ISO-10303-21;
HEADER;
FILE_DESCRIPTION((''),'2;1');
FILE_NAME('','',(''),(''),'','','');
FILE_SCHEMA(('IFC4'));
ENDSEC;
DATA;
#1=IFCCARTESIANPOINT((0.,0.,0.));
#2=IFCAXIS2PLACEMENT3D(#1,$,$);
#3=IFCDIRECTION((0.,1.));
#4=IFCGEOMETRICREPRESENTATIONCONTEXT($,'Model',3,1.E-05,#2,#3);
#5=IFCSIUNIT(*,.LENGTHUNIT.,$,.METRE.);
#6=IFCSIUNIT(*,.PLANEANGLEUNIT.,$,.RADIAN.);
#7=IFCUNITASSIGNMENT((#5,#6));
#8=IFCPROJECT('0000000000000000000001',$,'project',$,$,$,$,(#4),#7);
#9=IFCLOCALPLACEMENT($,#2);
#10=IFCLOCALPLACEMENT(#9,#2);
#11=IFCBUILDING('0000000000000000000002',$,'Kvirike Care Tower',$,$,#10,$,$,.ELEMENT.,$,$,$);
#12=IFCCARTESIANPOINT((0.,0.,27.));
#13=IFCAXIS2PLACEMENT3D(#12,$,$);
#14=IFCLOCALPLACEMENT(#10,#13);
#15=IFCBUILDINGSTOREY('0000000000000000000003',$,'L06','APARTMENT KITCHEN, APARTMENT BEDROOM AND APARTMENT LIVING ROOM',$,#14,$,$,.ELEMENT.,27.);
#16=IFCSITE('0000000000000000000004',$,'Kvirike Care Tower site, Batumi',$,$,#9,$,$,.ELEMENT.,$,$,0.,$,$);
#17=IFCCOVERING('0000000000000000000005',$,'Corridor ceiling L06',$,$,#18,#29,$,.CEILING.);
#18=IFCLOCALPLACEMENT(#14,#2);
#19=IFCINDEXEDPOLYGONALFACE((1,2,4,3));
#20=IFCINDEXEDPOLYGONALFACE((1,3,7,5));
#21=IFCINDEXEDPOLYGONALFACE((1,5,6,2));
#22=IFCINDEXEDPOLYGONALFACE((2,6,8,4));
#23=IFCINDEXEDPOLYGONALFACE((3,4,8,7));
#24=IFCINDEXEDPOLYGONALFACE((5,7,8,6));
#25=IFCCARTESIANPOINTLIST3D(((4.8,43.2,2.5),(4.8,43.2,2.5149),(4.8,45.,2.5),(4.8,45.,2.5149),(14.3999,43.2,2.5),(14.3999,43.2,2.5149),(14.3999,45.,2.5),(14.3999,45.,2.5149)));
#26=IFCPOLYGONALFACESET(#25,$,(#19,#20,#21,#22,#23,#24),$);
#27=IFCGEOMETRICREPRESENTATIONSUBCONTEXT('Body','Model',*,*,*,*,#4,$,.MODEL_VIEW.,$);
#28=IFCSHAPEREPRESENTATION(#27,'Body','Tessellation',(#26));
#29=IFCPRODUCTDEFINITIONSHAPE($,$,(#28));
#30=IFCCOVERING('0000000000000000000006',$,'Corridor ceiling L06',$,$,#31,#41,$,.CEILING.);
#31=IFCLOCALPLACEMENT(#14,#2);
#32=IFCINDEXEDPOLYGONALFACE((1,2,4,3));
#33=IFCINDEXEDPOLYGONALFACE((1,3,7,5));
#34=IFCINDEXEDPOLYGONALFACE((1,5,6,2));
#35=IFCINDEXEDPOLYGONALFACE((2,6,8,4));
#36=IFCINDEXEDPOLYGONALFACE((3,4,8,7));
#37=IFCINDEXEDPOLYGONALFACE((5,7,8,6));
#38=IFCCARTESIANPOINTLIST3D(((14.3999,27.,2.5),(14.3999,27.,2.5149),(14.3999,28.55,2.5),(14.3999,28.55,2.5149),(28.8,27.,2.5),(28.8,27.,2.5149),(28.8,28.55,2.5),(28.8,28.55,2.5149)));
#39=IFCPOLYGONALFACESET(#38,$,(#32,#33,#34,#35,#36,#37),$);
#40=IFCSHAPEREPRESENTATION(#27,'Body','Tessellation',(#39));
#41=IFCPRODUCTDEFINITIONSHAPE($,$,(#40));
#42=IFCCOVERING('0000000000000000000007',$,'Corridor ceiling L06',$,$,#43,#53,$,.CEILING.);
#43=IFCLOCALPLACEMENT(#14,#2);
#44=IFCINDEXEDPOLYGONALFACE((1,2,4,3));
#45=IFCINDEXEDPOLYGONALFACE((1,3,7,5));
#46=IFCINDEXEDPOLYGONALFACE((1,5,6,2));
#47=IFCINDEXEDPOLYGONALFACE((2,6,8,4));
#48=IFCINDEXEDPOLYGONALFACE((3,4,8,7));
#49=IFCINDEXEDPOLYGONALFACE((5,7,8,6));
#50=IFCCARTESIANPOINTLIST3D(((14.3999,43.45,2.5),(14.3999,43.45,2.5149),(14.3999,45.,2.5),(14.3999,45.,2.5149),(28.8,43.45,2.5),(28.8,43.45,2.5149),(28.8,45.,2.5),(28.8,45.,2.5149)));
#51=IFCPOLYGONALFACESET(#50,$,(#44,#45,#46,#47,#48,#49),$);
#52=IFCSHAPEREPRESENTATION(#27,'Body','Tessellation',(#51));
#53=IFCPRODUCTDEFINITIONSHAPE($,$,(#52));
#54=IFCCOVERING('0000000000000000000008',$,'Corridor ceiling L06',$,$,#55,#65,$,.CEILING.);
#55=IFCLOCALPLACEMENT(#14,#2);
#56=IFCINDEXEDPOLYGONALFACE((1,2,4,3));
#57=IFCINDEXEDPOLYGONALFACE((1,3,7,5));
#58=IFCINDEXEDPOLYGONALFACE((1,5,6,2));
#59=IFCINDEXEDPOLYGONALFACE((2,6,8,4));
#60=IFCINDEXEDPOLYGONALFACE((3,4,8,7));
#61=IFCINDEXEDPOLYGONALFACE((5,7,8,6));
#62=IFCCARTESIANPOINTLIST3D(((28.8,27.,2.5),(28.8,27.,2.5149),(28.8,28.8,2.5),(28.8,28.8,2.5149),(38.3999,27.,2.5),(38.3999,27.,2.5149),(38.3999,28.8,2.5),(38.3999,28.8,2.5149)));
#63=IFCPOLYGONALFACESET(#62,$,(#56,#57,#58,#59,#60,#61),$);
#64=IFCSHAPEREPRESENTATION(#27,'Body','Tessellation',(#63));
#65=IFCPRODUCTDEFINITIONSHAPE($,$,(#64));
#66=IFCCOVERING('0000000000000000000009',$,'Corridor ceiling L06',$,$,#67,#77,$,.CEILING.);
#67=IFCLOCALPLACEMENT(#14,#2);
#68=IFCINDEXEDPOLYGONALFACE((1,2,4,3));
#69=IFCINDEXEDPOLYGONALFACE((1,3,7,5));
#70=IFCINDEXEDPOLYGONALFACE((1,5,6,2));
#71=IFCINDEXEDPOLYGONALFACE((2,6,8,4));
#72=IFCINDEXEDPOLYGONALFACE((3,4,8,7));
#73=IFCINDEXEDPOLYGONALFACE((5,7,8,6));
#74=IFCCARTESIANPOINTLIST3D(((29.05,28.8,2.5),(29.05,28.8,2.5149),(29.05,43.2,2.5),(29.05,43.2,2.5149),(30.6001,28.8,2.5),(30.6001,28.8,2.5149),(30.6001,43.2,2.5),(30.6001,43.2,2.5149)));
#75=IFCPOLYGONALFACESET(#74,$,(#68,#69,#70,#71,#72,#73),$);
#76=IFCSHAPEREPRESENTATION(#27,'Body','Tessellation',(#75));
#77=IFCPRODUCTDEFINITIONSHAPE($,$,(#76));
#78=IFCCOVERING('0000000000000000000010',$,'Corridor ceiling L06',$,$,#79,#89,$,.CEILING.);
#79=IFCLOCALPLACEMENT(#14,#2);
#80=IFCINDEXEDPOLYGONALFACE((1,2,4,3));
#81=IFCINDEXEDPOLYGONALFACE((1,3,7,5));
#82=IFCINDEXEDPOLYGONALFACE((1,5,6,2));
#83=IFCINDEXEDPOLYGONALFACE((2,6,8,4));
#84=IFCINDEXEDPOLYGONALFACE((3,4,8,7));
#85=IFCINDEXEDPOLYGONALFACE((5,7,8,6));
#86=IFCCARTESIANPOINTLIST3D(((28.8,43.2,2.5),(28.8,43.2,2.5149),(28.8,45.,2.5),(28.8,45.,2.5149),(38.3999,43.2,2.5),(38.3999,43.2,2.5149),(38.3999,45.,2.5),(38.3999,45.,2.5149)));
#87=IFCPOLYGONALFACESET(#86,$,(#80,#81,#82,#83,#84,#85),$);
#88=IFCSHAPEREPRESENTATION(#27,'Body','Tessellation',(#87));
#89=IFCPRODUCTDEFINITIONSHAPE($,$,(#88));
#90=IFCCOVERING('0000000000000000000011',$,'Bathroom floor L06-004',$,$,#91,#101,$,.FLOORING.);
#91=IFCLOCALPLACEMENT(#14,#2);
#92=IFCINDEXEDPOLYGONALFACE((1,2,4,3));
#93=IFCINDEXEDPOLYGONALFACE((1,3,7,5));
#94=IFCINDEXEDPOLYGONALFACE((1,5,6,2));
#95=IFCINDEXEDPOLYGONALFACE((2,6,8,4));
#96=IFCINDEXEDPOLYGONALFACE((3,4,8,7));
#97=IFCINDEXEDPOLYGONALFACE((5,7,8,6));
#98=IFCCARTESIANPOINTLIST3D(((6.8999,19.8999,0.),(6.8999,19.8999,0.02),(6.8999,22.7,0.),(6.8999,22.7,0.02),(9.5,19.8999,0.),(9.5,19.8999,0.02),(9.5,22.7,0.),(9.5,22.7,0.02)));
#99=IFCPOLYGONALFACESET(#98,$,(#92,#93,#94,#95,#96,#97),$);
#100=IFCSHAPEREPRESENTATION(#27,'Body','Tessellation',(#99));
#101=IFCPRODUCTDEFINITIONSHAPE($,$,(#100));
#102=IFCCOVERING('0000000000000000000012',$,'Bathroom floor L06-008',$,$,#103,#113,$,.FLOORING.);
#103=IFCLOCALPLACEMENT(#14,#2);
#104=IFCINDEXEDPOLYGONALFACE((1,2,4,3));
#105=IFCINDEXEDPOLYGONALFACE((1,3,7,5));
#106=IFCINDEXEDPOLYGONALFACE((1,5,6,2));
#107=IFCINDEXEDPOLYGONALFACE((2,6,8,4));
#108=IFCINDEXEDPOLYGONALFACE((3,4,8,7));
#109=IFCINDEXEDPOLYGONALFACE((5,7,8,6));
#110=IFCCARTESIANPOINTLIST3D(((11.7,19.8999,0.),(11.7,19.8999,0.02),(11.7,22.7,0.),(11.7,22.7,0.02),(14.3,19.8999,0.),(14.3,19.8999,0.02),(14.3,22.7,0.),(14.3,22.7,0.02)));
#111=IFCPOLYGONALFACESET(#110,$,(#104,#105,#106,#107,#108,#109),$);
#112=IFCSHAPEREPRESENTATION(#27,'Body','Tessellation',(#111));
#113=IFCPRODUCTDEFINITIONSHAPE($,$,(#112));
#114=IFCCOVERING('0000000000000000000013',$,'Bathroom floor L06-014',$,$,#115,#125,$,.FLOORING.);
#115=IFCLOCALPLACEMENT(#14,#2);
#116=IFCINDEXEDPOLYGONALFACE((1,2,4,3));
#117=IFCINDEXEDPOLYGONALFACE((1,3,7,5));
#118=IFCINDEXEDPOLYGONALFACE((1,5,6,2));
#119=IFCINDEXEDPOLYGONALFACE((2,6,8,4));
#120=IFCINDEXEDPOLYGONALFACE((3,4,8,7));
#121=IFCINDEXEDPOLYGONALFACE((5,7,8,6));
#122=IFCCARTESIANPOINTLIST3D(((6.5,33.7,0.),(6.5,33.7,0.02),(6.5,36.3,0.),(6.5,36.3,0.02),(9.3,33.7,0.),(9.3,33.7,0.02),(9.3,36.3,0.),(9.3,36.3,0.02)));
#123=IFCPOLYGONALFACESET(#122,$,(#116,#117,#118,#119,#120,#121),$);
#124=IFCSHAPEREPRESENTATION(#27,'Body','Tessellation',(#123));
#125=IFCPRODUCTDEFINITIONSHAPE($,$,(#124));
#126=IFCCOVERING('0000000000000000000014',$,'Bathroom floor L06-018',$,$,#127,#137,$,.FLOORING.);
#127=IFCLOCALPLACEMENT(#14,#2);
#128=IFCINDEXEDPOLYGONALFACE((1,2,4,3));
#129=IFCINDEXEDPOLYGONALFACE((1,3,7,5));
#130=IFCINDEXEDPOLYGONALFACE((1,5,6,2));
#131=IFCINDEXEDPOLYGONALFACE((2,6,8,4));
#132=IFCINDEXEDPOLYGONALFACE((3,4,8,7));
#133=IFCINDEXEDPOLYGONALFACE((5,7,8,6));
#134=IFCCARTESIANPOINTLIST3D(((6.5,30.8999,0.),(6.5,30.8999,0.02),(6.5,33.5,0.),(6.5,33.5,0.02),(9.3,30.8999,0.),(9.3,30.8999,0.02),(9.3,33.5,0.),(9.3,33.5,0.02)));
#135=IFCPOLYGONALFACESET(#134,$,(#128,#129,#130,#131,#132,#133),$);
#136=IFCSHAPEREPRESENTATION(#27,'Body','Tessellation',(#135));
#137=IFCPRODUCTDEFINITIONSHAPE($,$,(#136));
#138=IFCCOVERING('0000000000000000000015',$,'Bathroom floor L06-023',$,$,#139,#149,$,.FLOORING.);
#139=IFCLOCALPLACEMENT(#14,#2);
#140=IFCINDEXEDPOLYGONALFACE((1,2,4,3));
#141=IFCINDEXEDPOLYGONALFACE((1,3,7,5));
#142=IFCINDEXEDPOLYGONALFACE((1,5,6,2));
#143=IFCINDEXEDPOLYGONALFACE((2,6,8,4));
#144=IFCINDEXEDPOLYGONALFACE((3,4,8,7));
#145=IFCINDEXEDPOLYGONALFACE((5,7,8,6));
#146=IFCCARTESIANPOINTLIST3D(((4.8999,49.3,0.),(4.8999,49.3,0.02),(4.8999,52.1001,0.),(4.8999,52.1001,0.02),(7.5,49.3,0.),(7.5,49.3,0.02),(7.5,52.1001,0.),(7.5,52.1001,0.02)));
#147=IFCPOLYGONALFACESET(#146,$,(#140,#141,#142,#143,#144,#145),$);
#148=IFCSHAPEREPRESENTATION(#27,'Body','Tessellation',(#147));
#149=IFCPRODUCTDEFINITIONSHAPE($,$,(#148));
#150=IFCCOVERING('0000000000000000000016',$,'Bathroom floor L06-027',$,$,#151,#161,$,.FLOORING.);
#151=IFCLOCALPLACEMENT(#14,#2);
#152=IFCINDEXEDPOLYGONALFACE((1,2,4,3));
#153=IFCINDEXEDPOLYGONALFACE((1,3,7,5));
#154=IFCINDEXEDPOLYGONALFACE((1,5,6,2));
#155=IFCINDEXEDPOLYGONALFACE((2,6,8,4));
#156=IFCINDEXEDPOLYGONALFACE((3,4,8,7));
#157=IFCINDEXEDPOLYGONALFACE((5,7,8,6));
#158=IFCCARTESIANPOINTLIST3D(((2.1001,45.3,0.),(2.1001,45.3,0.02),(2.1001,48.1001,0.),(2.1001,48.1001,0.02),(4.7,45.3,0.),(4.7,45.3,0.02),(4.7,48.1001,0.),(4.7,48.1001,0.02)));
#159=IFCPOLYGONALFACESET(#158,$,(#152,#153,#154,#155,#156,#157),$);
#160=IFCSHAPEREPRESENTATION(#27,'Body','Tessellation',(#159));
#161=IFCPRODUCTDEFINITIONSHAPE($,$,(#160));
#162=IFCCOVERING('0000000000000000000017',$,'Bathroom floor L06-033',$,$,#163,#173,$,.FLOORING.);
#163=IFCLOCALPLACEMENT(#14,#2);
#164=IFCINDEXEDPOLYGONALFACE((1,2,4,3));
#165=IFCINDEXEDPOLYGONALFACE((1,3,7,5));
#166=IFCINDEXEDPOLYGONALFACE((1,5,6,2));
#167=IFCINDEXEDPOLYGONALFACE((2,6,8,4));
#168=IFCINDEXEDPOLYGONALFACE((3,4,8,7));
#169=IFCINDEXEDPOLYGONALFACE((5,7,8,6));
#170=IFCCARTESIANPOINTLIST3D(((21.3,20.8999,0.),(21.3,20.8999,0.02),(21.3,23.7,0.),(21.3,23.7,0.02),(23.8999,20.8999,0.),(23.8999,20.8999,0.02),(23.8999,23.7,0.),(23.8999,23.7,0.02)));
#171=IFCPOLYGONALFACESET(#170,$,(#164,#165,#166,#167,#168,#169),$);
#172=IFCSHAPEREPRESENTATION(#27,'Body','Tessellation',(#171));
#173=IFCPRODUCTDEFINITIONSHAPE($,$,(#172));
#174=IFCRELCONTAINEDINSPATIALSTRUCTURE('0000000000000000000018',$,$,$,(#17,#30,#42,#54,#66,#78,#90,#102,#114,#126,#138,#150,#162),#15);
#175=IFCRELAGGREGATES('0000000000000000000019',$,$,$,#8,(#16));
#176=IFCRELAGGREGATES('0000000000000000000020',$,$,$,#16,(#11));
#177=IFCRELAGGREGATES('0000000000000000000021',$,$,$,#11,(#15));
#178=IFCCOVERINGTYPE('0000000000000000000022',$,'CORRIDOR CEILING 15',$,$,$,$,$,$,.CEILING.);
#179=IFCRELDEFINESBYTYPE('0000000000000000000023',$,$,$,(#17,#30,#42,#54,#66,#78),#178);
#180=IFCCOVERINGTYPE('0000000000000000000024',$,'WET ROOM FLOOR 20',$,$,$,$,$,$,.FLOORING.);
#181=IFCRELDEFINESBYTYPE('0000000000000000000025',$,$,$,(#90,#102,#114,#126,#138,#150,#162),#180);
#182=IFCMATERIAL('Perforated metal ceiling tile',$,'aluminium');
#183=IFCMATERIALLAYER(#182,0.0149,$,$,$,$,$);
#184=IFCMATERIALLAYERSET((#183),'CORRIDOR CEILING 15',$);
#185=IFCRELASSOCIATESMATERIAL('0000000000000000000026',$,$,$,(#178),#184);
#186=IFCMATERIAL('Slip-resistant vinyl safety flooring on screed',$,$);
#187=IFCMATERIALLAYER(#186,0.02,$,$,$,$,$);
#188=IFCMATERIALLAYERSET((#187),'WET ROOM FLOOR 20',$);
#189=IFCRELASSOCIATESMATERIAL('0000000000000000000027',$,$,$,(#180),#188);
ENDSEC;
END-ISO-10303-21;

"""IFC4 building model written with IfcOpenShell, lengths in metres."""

from ifc_helpers import new_model, si_unit, direction, frame, origin, place, context, subcontext, project, spatial, polyline, outline, extrude, material, layer, layer_set, type_object, element, save


model = new_model("IFC4")

# Units and contexts
model_context = context("Model", 3, precision=1e-05, world=origin(), true_north=direction((0.0, 1.0)))
body_context = subcontext(model_context, "Body", "Model", "MODEL_VIEW")
ifc_project = project(units=[si_unit("LENGTHUNIT", "METRE"), si_unit("PLANEANGLEUNIT", "RADIAN")], contexts=[model_context])

# Site, building, storey
site_placement = place(None, origin())
site = spatial("IfcSite", under=ifc_project, at=site_placement, Name="Kvirike Care Tower site, Batumi", CompositionType="ELEMENT", RefElevation=0.0)
building_placement = place(site_placement, origin())
building = spatial("IfcBuilding", under=site, at=building_placement, Name="Kvirike Care Tower", CompositionType="ELEMENT")
storey_placement = place(building_placement, frame((0.0, 0.0, 27.0)))
storey = spatial("IfcBuildingStorey", under=building, at=storey_placement, Name="L06", Description="APARTMENT KITCHEN, APARTMENT BEDROOM AND APARTMENT LIVING ROOM", CompositionType="ELEMENT", Elevation=27.0)

# Coverings
ifc_material_1 = material(Name="Perforated metal ceiling tile", Category="aluminium")
ifc_layer_1 = layer(ifc_material_1, 0.0149)
ifc_layer_set_1 = layer_set([ifc_layer_1], Name="CORRIDOR CEILING 15")
covering_type_1 = type_object("IfcCoveringType", Name="CORRIDOR CEILING 15", PredefinedType="CEILING", material=ifc_layer_set_1)
covering_1_placement = place(storey_placement, frame((0.0, 0.0, 2.5)))
element("IfcCovering", 1, at=covering_1_placement, inside=storey, type_object=covering_type_1, Name="Corridor ceiling L06", PredefinedType="CEILING", context=body_context, shape_type="SweptSolid", body=[
    extrude(outline(polyline([(14.3999, 45.0), (14.3999, 43.2), (4.8, 43.2), (4.8, 45.0), (14.3999, 45.0)])), origin(), (0.0, 0.0, 1.0), 0.0149),
])
covering_2_placement = place(storey_placement, frame((0.0, 0.0, 2.5)))
element("IfcCovering", 2, at=covering_2_placement, inside=storey, type_object=covering_type_1, Name="Corridor ceiling L06", PredefinedType="CEILING", context=body_context, shape_type="SweptSolid", body=[
    extrude(outline(polyline([(14.3999, 27.0), (14.3999, 28.55), (28.8, 28.55), (28.8, 27.0), (14.3999, 27.0)])), origin(), (0.0, 0.0, 1.0), 0.0149),
])
covering_3_placement = place(storey_placement, frame((0.0, 0.0, 2.5)))
element("IfcCovering", 3, at=covering_3_placement, inside=storey, type_object=covering_type_1, Name="Corridor ceiling L06", PredefinedType="CEILING", context=body_context, shape_type="SweptSolid", body=[
    extrude(outline(polyline([(28.8, 45.0), (28.8, 43.45), (14.3999, 43.45), (14.3999, 45.0), (28.8, 45.0)])), origin(), (0.0, 0.0, 1.0), 0.0149),
])
covering_4_placement = place(storey_placement, frame((0.0, 0.0, 2.5)))
element("IfcCovering", 4, at=covering_4_placement, inside=storey, type_object=covering_type_1, Name="Corridor ceiling L06", PredefinedType="CEILING", context=body_context, shape_type="SweptSolid", body=[
    extrude(outline(polyline([(28.8, 27.0), (28.8, 28.8), (38.3999, 28.8), (38.3999, 27.0), (28.8, 27.0)])), origin(), (0.0, 0.0, 1.0), 0.0149),
])
covering_5_placement = place(storey_placement, frame((0.0, 0.0, 2.5)))
element("IfcCovering", 5, at=covering_5_placement, inside=storey, type_object=covering_type_1, Name="Corridor ceiling L06", PredefinedType="CEILING", context=body_context, shape_type="SweptSolid", body=[
    extrude(outline(polyline([(30.6001, 28.8), (29.05, 28.8), (29.05, 43.2), (30.6001, 43.2), (30.6001, 28.8)])), origin(), (0.0, 0.0, 1.0), 0.0149),
])
covering_6_placement = place(storey_placement, frame((0.0, 0.0, 2.5)))
element("IfcCovering", 6, at=covering_6_placement, inside=storey, type_object=covering_type_1, Name="Corridor ceiling L06", PredefinedType="CEILING", context=body_context, shape_type="SweptSolid", body=[
    extrude(outline(polyline([(38.3999, 45.0), (38.3999, 43.2), (28.8, 43.2), (28.8, 45.0), (38.3999, 45.0)])), origin(), (0.0, 0.0, 1.0), 0.0149),
])
ifc_material_2 = material(Name="Slip-resistant vinyl safety flooring on screed")
ifc_layer_2 = layer(ifc_material_2, 0.02)
ifc_layer_set_2 = layer_set([ifc_layer_2], Name="WET ROOM FLOOR 20")
covering_type_2 = type_object("IfcCoveringType", Name="WET ROOM FLOOR 20", PredefinedType="FLOORING", material=ifc_layer_set_2)
covering_7_placement = place(storey_placement, origin())
element("IfcCovering", 7, at=covering_7_placement, inside=storey, type_object=covering_type_2, Name="Bathroom floor L06-004", PredefinedType="FLOORING", context=body_context, shape_type="SweptSolid", body=[
    extrude(outline(polyline([(6.8999, 19.8999), (6.8999, 22.7), (9.5, 22.7), (9.5, 19.8999), (6.8999, 19.8999)])), origin(), (0.0, 0.0, 1.0), 0.02),
])
covering_8_placement = place(storey_placement, origin())
element("IfcCovering", 8, at=covering_8_placement, inside=storey, type_object=covering_type_2, Name="Bathroom floor L06-008", PredefinedType="FLOORING", context=body_context, shape_type="SweptSolid", body=[
    extrude(outline(polyline([(11.7, 19.8999), (11.7, 22.7), (14.3, 22.7), (14.3, 19.8999), (11.7, 19.8999)])), origin(), (0.0, 0.0, 1.0), 0.02),
])
covering_9_placement = place(storey_placement, origin())
element("IfcCovering", 9, at=covering_9_placement, inside=storey, type_object=covering_type_2, Name="Bathroom floor L06-014", PredefinedType="FLOORING", context=body_context, shape_type="SweptSolid", body=[
    extrude(outline(polyline([(6.5, 36.3), (9.3, 36.3), (9.3, 33.7), (6.5, 33.7), (6.5, 36.3)])), origin(), (0.0, 0.0, 1.0), 0.02),
])
covering_10_placement = place(storey_placement, origin())
element("IfcCovering", 10, at=covering_10_placement, inside=storey, type_object=covering_type_2, Name="Bathroom floor L06-018", PredefinedType="FLOORING", context=body_context, shape_type="SweptSolid", body=[
    extrude(outline(polyline([(6.5, 33.5), (9.3, 33.5), (9.3, 30.8999), (6.5, 30.8999), (6.5, 33.5)])), origin(), (0.0, 0.0, 1.0), 0.02),
])
covering_11_placement = place(storey_placement, origin())
element("IfcCovering", 11, at=covering_11_placement, inside=storey, type_object=covering_type_2, Name="Bathroom floor L06-023", PredefinedType="FLOORING", context=body_context, shape_type="SweptSolid", body=[
    extrude(outline(polyline([(7.5, 52.1001), (7.5, 49.3), (4.8999, 49.3), (4.8999, 52.1001), (7.5, 52.1001)])), origin(), (0.0, 0.0, 1.0), 0.02),
])
covering_12_placement = place(storey_placement, origin())
element("IfcCovering", 12, at=covering_12_placement, inside=storey, type_object=covering_type_2, Name="Bathroom floor L06-027", PredefinedType="FLOORING", context=body_context, shape_type="SweptSolid", body=[
    extrude(outline(polyline([(4.7, 48.1001), (4.7, 45.3), (2.1001, 45.3), (2.1001, 48.1001), (4.7, 48.1001)])), origin(), (0.0, 0.0, 1.0), 0.02),
])
covering_13_placement = place(storey_placement, origin())
element("IfcCovering", 13, at=covering_13_placement, inside=storey, type_object=covering_type_2, Name="Bathroom floor L06-033", PredefinedType="FLOORING", context=body_context, shape_type="SweptSolid", body=[
    extrude(outline(polyline([(21.3, 20.8999), (21.3, 23.7), (23.8999, 23.7), (23.8999, 20.8999), (21.3, 20.8999)])), origin(), (0.0, 0.0, 1.0), 0.02),
])

save(model, "model.ifc")
